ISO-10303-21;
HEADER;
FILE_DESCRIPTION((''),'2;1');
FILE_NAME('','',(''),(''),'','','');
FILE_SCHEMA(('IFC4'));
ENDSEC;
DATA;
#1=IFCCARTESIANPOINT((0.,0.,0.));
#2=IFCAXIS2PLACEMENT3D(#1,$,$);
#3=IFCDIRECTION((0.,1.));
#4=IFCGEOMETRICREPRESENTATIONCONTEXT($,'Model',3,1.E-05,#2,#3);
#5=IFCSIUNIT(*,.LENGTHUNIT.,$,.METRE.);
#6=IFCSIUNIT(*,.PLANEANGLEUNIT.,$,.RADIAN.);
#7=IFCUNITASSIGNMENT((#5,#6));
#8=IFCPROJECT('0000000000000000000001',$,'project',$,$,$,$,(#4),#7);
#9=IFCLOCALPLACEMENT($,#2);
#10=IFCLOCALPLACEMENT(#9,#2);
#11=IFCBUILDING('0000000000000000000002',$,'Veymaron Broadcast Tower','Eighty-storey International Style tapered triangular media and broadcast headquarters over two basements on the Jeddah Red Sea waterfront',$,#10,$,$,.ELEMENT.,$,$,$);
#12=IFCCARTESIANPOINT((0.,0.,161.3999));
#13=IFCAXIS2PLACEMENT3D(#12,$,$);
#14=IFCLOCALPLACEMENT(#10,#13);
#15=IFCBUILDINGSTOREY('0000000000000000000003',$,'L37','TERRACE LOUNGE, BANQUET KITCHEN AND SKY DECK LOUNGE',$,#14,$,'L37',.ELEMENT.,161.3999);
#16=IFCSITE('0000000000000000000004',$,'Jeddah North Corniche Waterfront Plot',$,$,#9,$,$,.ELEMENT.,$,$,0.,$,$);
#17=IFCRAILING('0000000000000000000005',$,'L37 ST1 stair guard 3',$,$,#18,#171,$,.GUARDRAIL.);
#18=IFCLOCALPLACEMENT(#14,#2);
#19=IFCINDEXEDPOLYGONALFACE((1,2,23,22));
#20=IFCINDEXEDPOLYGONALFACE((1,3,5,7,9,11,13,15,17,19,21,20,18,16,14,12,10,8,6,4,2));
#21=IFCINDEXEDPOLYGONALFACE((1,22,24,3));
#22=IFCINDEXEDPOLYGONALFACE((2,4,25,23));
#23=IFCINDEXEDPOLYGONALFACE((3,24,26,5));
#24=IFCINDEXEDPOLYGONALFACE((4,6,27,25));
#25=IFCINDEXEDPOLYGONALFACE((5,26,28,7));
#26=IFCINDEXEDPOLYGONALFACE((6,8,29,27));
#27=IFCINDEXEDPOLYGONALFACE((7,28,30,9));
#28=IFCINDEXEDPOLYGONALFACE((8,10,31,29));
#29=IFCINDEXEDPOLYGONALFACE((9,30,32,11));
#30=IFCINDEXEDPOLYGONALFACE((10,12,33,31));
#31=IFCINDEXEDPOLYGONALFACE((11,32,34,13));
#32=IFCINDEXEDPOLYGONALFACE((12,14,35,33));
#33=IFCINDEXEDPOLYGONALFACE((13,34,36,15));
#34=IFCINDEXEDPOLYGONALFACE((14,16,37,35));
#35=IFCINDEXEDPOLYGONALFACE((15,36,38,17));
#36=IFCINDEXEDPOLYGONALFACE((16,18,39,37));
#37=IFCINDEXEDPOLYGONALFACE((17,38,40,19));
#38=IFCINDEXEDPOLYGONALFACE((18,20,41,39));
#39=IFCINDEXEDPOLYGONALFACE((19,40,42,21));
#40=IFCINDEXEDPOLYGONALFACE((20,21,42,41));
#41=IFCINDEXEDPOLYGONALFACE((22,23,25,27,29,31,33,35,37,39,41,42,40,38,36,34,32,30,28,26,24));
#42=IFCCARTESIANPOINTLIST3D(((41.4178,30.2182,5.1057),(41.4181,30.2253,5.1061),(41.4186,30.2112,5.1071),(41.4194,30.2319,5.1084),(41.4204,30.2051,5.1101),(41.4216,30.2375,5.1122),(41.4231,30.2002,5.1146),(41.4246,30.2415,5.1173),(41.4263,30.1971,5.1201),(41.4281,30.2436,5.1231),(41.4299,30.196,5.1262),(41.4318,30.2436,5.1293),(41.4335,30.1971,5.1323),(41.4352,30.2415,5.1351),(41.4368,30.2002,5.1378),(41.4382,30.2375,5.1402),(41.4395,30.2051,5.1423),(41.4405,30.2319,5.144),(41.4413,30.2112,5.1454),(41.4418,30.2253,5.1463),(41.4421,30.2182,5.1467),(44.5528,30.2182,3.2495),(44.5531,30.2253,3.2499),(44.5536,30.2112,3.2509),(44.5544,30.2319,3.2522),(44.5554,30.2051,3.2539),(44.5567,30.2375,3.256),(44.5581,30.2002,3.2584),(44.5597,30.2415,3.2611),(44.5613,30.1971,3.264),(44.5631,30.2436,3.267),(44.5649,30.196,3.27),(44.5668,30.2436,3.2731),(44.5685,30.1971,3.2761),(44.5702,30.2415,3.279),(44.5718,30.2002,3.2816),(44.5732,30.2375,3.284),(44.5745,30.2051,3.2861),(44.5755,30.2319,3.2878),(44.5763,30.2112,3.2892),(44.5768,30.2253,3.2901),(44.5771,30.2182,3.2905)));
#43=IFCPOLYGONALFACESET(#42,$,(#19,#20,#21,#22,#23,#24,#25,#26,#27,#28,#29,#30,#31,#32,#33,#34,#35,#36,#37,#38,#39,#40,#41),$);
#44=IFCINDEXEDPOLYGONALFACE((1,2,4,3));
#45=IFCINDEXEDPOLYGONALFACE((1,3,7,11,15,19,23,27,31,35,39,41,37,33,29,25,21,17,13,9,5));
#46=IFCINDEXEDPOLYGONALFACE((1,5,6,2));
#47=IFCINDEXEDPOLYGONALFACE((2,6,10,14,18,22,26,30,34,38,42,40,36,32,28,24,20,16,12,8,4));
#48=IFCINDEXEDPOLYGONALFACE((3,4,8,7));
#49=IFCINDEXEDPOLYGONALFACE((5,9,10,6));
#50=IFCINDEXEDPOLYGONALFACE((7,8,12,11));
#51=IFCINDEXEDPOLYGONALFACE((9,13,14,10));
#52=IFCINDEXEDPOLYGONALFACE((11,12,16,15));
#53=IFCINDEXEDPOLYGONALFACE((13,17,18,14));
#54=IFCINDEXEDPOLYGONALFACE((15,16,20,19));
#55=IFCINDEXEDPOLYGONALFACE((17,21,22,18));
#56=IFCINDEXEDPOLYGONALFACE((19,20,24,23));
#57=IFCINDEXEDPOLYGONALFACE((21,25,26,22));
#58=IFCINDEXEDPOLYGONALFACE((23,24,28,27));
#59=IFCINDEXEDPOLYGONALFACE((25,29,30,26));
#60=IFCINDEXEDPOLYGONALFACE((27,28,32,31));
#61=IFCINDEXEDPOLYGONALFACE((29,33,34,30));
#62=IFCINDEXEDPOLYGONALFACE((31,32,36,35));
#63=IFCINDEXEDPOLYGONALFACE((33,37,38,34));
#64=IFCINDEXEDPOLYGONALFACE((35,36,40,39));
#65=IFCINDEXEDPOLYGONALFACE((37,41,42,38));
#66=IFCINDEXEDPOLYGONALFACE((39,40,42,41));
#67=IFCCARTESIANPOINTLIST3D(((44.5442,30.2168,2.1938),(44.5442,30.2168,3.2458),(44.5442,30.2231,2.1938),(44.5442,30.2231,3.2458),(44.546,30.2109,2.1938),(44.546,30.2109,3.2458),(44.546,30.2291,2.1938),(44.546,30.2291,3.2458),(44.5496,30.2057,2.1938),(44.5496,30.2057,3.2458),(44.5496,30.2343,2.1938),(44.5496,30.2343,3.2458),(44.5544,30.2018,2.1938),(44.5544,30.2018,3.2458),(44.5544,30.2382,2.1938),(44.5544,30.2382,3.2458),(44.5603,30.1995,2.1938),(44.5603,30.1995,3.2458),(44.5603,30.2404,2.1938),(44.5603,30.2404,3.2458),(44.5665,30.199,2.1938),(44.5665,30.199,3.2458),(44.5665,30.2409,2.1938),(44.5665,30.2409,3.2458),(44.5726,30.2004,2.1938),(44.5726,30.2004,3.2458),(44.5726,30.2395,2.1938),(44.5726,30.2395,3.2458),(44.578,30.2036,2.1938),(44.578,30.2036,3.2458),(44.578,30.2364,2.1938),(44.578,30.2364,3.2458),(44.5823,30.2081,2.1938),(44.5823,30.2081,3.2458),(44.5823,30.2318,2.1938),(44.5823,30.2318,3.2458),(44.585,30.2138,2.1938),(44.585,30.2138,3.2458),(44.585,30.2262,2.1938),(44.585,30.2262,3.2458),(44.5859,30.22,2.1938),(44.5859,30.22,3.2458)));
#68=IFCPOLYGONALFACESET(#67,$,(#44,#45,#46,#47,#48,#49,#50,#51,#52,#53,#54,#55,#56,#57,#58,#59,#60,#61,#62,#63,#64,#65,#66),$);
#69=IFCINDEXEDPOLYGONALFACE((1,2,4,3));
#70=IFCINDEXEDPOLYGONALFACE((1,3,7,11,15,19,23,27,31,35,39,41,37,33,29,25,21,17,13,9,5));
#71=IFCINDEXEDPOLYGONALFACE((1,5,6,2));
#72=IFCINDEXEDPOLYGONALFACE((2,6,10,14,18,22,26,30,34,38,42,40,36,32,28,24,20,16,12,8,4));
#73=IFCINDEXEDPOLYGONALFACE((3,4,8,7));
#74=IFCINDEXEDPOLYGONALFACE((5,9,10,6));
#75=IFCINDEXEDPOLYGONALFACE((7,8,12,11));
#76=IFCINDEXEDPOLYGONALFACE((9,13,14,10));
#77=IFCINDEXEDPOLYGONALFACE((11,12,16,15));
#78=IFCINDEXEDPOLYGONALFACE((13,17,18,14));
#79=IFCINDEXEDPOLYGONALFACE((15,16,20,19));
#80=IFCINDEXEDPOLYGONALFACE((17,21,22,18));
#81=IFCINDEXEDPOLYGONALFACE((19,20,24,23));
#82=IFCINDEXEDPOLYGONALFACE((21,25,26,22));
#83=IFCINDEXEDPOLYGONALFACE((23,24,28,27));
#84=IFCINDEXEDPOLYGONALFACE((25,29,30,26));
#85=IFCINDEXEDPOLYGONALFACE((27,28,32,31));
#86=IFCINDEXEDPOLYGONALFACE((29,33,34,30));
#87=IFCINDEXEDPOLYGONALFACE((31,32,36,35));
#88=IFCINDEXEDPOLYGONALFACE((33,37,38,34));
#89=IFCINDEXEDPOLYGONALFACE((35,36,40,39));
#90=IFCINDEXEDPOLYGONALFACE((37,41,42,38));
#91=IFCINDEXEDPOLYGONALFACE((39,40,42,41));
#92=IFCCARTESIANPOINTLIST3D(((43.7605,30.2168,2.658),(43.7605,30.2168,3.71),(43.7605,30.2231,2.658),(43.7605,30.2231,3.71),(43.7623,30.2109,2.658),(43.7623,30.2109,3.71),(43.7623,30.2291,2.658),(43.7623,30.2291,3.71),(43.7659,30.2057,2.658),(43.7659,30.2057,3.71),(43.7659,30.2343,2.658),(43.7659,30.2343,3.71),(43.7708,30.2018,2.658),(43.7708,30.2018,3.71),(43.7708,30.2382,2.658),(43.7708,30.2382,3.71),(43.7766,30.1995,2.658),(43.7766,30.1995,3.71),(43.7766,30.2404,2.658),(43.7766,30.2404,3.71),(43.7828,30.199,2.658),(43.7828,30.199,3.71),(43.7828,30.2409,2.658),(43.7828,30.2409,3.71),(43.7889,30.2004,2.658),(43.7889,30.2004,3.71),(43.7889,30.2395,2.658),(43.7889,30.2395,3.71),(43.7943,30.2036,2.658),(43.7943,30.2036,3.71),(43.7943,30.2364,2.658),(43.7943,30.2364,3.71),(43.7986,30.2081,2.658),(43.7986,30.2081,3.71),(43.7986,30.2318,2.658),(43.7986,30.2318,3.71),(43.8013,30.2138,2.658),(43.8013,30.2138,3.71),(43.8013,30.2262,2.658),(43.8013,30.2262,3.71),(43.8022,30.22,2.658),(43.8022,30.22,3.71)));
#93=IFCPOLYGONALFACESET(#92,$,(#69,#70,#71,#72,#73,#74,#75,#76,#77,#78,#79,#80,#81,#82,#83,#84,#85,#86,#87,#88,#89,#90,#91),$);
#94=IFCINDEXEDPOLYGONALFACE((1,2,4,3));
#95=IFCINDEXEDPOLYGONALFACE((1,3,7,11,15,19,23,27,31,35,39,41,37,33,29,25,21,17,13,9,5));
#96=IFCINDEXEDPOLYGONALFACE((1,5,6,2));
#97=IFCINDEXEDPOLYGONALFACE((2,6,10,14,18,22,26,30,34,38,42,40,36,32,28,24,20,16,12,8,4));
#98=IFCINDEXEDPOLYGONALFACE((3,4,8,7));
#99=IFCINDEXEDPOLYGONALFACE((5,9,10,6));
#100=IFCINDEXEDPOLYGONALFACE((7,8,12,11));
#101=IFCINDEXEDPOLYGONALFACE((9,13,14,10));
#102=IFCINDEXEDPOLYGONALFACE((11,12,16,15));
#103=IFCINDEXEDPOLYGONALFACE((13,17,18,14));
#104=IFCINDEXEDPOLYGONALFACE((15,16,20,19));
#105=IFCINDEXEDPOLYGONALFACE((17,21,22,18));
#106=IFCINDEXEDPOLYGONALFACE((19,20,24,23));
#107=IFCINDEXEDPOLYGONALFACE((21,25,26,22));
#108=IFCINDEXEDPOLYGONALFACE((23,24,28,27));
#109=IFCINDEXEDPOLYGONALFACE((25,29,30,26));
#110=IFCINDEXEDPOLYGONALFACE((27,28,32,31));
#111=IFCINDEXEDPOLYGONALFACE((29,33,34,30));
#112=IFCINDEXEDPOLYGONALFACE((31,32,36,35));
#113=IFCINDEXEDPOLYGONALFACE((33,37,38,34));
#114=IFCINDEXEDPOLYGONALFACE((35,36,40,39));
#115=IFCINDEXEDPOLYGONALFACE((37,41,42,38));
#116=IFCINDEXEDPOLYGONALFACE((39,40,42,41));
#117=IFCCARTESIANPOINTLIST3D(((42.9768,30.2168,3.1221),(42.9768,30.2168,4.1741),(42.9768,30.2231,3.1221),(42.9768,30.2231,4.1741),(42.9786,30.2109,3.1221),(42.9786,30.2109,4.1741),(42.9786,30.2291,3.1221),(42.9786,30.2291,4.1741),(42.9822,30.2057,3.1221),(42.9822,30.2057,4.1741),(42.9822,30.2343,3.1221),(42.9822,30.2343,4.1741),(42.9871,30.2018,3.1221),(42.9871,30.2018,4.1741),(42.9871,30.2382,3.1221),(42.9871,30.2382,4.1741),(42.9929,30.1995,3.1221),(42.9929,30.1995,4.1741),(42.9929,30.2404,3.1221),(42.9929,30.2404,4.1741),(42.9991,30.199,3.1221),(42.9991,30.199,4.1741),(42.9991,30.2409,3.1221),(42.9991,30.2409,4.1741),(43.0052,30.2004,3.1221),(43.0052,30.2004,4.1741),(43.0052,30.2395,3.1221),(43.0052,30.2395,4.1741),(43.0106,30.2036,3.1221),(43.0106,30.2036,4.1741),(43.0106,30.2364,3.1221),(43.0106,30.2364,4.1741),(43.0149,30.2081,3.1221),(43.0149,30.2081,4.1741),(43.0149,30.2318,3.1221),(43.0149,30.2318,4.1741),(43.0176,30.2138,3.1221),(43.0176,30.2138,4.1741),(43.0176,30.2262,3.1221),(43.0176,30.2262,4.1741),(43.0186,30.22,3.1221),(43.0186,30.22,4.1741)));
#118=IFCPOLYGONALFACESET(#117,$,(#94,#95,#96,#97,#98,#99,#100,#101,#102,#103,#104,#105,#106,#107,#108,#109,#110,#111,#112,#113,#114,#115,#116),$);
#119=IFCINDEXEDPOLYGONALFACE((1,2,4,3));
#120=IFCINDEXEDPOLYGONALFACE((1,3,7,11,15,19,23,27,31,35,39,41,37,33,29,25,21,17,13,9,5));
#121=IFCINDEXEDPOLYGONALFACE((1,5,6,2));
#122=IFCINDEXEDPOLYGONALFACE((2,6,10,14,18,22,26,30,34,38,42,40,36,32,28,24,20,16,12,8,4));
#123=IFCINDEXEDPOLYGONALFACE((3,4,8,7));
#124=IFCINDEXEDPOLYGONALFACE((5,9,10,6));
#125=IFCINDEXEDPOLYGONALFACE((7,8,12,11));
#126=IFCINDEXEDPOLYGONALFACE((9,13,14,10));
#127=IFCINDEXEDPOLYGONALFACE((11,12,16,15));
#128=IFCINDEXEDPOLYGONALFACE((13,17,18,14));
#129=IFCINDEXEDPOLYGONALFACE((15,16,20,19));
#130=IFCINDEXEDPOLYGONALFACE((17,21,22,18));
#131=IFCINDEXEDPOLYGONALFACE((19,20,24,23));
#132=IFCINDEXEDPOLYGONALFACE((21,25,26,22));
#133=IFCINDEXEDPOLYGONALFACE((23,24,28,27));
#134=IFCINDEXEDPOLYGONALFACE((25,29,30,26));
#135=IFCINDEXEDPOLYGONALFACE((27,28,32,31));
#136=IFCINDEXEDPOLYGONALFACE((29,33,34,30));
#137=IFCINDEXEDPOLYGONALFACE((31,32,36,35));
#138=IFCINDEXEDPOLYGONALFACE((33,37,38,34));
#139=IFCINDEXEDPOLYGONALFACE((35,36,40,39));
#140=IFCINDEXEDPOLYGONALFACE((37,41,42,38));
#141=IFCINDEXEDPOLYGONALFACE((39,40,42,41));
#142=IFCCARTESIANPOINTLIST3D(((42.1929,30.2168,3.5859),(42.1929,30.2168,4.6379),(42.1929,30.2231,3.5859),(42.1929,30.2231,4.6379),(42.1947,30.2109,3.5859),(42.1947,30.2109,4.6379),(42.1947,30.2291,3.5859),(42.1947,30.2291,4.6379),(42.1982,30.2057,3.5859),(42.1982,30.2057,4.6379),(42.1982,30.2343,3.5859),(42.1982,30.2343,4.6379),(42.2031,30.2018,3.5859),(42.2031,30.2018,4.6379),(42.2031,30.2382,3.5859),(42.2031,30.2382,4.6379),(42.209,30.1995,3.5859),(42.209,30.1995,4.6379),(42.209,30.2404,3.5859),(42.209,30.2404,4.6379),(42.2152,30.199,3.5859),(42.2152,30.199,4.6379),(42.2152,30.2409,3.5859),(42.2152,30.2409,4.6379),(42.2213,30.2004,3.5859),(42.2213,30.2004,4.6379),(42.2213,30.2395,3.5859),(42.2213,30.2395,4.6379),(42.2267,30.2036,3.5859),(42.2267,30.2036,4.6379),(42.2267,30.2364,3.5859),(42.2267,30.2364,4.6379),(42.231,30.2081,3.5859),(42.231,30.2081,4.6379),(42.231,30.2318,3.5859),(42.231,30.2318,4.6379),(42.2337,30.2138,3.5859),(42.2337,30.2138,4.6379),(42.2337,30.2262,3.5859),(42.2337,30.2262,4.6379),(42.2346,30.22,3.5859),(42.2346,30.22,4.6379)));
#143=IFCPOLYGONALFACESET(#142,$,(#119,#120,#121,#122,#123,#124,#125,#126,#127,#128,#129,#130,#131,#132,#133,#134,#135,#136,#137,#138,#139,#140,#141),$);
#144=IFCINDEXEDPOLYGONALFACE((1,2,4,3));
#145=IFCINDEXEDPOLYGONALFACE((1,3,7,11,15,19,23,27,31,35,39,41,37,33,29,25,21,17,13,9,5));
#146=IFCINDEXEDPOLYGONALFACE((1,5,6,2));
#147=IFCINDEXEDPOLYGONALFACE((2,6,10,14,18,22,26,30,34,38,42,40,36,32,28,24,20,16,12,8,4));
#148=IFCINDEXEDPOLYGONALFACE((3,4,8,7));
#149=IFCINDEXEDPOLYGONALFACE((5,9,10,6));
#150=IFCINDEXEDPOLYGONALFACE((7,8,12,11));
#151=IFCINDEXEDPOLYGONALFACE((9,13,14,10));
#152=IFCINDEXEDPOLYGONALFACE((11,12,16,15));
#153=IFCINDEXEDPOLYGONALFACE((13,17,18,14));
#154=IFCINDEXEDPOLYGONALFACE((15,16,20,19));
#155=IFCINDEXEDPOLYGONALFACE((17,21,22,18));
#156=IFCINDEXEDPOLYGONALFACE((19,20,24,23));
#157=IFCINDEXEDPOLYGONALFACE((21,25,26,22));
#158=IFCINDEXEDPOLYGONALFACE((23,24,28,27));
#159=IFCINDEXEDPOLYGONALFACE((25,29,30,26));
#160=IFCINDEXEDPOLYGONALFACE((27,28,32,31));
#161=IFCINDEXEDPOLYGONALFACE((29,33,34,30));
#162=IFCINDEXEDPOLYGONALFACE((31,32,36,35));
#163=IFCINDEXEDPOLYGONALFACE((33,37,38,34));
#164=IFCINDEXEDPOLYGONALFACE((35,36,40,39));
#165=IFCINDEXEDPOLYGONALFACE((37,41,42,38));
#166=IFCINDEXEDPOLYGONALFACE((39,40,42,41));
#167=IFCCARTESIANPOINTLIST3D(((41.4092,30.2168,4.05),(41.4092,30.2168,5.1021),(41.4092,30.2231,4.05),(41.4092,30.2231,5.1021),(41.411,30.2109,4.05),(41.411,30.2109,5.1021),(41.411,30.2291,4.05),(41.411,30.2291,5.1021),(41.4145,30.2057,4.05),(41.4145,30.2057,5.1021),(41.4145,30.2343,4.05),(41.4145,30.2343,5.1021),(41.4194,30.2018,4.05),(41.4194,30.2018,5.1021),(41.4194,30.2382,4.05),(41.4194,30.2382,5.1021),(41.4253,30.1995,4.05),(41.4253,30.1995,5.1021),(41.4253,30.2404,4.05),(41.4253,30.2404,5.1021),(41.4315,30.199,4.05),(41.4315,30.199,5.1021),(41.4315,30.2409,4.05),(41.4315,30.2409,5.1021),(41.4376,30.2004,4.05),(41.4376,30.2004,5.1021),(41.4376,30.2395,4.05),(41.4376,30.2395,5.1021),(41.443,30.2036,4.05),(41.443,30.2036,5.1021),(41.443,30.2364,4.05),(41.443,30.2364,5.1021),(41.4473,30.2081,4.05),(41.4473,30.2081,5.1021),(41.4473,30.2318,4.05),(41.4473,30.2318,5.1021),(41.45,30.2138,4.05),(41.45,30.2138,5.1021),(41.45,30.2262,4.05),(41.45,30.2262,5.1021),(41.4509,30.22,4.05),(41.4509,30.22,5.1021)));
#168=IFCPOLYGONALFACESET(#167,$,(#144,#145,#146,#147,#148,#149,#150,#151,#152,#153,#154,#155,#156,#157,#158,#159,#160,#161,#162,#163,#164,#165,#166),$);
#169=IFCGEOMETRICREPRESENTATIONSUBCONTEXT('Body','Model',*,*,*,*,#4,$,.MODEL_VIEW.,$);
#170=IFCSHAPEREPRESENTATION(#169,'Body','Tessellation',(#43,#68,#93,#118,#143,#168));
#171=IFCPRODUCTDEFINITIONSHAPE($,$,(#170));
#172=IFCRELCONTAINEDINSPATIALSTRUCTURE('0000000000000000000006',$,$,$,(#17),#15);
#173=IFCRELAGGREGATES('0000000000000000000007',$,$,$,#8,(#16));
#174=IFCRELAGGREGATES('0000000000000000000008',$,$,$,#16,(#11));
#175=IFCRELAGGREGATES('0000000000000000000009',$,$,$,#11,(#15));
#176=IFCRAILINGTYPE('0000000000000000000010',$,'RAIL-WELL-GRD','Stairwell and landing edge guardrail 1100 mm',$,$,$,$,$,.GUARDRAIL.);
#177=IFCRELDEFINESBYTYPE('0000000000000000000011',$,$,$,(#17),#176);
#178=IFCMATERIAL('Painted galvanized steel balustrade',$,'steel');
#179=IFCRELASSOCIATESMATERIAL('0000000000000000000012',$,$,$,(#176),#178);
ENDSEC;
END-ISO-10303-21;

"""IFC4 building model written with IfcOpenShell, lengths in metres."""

from ifc_helpers import new_model, si_unit, direction, frame, origin, origin_2d, place, context, subcontext, project, spatial, circle, extrude, material, type_object, element, save


model = new_model("IFC4")

# Units and contexts
model_context = context("Model", 3, precision=1e-05, world=origin(), true_north=direction((0.0, 1.0)))
body_context = subcontext(model_context, "Body", "Model", "MODEL_VIEW")
ifc_project = project(units=[si_unit("LENGTHUNIT", "METRE"), si_unit("PLANEANGLEUNIT", "RADIAN")], contexts=[model_context])

# Site, building, storey
site_placement = place(None, origin())
site = spatial("IfcSite", under=ifc_project, at=site_placement, Name="Jeddah North Corniche Waterfront Plot", CompositionType="ELEMENT", RefElevation=0.0)
building_placement = place(site_placement, origin())
building = spatial("IfcBuilding", under=site, at=building_placement, Name="Veymaron Broadcast Tower", Description="Eighty-storey International Style tapered triangular media and broadcast headquarters over two basements on the Jeddah Red Sea waterfront", CompositionType="ELEMENT")
storey_placement = place(building_placement, frame((0.0, 0.0, 161.3999)))
storey = spatial("IfcBuildingStorey", under=building, at=storey_placement, Name="L37", Description="TERRACE LOUNGE, BANQUET KITCHEN AND SKY DECK LOUNGE", LongName="L37", CompositionType="ELEMENT", Elevation=161.3999)

# Railing
ifc_material_1 = material(Name="Painted galvanized steel balustrade", Category="steel")
railing_type_1 = type_object("IfcRailingType", Name="RAIL-WELL-GRD", Description="Stairwell and landing edge guardrail 1100 mm", PredefinedType="GUARDRAIL", material=ifc_material_1)
railing_1_placement = place(storey_placement, frame((44.5649, 30.22, 2.1938)))
element("IfcRailing", 1, at=railing_1_placement, inside=storey, type_object=railing_type_1, Name="L37 ST1 stair guard 3", PredefinedType="GUARDRAIL", context=body_context, shape_type="SweptSolid", body=[
    extrude(circle(Radius=0.0239, at=origin_2d()), frame((0.0, 0.0, 1.0762), z_axis=(-0.860482, 0.0, 0.509481), x_axis=(0.0, -1.0, 0.0)), (0.0, 0.0, 1.0), 3.6433),
    extrude(circle(Radius=0.021, at=origin_2d()), origin(), (0.0, 0.0, 1.0), 1.052),
    extrude(circle(Radius=0.021, at=origin_2d()), frame((-0.7837, 0.0, 0.4641)), (0.0, 0.0, 1.0), 1.052),
    extrude(circle(Radius=0.021, at=origin_2d()), frame((-1.5674, 0.0, 0.9282)), (0.0, 0.0, 1.0), 1.052),
    extrude(circle(Radius=0.021, at=origin_2d()), frame((-2.3513, 0.0, 1.3921)), (0.0, 0.0, 1.0), 1.052),
    extrude(circle(Radius=0.021, at=origin_2d()), frame((-3.135, 0.0, 1.8562)), (0.0, 0.0, 1.0), 1.052),
])

save(model, "model.ifc")
